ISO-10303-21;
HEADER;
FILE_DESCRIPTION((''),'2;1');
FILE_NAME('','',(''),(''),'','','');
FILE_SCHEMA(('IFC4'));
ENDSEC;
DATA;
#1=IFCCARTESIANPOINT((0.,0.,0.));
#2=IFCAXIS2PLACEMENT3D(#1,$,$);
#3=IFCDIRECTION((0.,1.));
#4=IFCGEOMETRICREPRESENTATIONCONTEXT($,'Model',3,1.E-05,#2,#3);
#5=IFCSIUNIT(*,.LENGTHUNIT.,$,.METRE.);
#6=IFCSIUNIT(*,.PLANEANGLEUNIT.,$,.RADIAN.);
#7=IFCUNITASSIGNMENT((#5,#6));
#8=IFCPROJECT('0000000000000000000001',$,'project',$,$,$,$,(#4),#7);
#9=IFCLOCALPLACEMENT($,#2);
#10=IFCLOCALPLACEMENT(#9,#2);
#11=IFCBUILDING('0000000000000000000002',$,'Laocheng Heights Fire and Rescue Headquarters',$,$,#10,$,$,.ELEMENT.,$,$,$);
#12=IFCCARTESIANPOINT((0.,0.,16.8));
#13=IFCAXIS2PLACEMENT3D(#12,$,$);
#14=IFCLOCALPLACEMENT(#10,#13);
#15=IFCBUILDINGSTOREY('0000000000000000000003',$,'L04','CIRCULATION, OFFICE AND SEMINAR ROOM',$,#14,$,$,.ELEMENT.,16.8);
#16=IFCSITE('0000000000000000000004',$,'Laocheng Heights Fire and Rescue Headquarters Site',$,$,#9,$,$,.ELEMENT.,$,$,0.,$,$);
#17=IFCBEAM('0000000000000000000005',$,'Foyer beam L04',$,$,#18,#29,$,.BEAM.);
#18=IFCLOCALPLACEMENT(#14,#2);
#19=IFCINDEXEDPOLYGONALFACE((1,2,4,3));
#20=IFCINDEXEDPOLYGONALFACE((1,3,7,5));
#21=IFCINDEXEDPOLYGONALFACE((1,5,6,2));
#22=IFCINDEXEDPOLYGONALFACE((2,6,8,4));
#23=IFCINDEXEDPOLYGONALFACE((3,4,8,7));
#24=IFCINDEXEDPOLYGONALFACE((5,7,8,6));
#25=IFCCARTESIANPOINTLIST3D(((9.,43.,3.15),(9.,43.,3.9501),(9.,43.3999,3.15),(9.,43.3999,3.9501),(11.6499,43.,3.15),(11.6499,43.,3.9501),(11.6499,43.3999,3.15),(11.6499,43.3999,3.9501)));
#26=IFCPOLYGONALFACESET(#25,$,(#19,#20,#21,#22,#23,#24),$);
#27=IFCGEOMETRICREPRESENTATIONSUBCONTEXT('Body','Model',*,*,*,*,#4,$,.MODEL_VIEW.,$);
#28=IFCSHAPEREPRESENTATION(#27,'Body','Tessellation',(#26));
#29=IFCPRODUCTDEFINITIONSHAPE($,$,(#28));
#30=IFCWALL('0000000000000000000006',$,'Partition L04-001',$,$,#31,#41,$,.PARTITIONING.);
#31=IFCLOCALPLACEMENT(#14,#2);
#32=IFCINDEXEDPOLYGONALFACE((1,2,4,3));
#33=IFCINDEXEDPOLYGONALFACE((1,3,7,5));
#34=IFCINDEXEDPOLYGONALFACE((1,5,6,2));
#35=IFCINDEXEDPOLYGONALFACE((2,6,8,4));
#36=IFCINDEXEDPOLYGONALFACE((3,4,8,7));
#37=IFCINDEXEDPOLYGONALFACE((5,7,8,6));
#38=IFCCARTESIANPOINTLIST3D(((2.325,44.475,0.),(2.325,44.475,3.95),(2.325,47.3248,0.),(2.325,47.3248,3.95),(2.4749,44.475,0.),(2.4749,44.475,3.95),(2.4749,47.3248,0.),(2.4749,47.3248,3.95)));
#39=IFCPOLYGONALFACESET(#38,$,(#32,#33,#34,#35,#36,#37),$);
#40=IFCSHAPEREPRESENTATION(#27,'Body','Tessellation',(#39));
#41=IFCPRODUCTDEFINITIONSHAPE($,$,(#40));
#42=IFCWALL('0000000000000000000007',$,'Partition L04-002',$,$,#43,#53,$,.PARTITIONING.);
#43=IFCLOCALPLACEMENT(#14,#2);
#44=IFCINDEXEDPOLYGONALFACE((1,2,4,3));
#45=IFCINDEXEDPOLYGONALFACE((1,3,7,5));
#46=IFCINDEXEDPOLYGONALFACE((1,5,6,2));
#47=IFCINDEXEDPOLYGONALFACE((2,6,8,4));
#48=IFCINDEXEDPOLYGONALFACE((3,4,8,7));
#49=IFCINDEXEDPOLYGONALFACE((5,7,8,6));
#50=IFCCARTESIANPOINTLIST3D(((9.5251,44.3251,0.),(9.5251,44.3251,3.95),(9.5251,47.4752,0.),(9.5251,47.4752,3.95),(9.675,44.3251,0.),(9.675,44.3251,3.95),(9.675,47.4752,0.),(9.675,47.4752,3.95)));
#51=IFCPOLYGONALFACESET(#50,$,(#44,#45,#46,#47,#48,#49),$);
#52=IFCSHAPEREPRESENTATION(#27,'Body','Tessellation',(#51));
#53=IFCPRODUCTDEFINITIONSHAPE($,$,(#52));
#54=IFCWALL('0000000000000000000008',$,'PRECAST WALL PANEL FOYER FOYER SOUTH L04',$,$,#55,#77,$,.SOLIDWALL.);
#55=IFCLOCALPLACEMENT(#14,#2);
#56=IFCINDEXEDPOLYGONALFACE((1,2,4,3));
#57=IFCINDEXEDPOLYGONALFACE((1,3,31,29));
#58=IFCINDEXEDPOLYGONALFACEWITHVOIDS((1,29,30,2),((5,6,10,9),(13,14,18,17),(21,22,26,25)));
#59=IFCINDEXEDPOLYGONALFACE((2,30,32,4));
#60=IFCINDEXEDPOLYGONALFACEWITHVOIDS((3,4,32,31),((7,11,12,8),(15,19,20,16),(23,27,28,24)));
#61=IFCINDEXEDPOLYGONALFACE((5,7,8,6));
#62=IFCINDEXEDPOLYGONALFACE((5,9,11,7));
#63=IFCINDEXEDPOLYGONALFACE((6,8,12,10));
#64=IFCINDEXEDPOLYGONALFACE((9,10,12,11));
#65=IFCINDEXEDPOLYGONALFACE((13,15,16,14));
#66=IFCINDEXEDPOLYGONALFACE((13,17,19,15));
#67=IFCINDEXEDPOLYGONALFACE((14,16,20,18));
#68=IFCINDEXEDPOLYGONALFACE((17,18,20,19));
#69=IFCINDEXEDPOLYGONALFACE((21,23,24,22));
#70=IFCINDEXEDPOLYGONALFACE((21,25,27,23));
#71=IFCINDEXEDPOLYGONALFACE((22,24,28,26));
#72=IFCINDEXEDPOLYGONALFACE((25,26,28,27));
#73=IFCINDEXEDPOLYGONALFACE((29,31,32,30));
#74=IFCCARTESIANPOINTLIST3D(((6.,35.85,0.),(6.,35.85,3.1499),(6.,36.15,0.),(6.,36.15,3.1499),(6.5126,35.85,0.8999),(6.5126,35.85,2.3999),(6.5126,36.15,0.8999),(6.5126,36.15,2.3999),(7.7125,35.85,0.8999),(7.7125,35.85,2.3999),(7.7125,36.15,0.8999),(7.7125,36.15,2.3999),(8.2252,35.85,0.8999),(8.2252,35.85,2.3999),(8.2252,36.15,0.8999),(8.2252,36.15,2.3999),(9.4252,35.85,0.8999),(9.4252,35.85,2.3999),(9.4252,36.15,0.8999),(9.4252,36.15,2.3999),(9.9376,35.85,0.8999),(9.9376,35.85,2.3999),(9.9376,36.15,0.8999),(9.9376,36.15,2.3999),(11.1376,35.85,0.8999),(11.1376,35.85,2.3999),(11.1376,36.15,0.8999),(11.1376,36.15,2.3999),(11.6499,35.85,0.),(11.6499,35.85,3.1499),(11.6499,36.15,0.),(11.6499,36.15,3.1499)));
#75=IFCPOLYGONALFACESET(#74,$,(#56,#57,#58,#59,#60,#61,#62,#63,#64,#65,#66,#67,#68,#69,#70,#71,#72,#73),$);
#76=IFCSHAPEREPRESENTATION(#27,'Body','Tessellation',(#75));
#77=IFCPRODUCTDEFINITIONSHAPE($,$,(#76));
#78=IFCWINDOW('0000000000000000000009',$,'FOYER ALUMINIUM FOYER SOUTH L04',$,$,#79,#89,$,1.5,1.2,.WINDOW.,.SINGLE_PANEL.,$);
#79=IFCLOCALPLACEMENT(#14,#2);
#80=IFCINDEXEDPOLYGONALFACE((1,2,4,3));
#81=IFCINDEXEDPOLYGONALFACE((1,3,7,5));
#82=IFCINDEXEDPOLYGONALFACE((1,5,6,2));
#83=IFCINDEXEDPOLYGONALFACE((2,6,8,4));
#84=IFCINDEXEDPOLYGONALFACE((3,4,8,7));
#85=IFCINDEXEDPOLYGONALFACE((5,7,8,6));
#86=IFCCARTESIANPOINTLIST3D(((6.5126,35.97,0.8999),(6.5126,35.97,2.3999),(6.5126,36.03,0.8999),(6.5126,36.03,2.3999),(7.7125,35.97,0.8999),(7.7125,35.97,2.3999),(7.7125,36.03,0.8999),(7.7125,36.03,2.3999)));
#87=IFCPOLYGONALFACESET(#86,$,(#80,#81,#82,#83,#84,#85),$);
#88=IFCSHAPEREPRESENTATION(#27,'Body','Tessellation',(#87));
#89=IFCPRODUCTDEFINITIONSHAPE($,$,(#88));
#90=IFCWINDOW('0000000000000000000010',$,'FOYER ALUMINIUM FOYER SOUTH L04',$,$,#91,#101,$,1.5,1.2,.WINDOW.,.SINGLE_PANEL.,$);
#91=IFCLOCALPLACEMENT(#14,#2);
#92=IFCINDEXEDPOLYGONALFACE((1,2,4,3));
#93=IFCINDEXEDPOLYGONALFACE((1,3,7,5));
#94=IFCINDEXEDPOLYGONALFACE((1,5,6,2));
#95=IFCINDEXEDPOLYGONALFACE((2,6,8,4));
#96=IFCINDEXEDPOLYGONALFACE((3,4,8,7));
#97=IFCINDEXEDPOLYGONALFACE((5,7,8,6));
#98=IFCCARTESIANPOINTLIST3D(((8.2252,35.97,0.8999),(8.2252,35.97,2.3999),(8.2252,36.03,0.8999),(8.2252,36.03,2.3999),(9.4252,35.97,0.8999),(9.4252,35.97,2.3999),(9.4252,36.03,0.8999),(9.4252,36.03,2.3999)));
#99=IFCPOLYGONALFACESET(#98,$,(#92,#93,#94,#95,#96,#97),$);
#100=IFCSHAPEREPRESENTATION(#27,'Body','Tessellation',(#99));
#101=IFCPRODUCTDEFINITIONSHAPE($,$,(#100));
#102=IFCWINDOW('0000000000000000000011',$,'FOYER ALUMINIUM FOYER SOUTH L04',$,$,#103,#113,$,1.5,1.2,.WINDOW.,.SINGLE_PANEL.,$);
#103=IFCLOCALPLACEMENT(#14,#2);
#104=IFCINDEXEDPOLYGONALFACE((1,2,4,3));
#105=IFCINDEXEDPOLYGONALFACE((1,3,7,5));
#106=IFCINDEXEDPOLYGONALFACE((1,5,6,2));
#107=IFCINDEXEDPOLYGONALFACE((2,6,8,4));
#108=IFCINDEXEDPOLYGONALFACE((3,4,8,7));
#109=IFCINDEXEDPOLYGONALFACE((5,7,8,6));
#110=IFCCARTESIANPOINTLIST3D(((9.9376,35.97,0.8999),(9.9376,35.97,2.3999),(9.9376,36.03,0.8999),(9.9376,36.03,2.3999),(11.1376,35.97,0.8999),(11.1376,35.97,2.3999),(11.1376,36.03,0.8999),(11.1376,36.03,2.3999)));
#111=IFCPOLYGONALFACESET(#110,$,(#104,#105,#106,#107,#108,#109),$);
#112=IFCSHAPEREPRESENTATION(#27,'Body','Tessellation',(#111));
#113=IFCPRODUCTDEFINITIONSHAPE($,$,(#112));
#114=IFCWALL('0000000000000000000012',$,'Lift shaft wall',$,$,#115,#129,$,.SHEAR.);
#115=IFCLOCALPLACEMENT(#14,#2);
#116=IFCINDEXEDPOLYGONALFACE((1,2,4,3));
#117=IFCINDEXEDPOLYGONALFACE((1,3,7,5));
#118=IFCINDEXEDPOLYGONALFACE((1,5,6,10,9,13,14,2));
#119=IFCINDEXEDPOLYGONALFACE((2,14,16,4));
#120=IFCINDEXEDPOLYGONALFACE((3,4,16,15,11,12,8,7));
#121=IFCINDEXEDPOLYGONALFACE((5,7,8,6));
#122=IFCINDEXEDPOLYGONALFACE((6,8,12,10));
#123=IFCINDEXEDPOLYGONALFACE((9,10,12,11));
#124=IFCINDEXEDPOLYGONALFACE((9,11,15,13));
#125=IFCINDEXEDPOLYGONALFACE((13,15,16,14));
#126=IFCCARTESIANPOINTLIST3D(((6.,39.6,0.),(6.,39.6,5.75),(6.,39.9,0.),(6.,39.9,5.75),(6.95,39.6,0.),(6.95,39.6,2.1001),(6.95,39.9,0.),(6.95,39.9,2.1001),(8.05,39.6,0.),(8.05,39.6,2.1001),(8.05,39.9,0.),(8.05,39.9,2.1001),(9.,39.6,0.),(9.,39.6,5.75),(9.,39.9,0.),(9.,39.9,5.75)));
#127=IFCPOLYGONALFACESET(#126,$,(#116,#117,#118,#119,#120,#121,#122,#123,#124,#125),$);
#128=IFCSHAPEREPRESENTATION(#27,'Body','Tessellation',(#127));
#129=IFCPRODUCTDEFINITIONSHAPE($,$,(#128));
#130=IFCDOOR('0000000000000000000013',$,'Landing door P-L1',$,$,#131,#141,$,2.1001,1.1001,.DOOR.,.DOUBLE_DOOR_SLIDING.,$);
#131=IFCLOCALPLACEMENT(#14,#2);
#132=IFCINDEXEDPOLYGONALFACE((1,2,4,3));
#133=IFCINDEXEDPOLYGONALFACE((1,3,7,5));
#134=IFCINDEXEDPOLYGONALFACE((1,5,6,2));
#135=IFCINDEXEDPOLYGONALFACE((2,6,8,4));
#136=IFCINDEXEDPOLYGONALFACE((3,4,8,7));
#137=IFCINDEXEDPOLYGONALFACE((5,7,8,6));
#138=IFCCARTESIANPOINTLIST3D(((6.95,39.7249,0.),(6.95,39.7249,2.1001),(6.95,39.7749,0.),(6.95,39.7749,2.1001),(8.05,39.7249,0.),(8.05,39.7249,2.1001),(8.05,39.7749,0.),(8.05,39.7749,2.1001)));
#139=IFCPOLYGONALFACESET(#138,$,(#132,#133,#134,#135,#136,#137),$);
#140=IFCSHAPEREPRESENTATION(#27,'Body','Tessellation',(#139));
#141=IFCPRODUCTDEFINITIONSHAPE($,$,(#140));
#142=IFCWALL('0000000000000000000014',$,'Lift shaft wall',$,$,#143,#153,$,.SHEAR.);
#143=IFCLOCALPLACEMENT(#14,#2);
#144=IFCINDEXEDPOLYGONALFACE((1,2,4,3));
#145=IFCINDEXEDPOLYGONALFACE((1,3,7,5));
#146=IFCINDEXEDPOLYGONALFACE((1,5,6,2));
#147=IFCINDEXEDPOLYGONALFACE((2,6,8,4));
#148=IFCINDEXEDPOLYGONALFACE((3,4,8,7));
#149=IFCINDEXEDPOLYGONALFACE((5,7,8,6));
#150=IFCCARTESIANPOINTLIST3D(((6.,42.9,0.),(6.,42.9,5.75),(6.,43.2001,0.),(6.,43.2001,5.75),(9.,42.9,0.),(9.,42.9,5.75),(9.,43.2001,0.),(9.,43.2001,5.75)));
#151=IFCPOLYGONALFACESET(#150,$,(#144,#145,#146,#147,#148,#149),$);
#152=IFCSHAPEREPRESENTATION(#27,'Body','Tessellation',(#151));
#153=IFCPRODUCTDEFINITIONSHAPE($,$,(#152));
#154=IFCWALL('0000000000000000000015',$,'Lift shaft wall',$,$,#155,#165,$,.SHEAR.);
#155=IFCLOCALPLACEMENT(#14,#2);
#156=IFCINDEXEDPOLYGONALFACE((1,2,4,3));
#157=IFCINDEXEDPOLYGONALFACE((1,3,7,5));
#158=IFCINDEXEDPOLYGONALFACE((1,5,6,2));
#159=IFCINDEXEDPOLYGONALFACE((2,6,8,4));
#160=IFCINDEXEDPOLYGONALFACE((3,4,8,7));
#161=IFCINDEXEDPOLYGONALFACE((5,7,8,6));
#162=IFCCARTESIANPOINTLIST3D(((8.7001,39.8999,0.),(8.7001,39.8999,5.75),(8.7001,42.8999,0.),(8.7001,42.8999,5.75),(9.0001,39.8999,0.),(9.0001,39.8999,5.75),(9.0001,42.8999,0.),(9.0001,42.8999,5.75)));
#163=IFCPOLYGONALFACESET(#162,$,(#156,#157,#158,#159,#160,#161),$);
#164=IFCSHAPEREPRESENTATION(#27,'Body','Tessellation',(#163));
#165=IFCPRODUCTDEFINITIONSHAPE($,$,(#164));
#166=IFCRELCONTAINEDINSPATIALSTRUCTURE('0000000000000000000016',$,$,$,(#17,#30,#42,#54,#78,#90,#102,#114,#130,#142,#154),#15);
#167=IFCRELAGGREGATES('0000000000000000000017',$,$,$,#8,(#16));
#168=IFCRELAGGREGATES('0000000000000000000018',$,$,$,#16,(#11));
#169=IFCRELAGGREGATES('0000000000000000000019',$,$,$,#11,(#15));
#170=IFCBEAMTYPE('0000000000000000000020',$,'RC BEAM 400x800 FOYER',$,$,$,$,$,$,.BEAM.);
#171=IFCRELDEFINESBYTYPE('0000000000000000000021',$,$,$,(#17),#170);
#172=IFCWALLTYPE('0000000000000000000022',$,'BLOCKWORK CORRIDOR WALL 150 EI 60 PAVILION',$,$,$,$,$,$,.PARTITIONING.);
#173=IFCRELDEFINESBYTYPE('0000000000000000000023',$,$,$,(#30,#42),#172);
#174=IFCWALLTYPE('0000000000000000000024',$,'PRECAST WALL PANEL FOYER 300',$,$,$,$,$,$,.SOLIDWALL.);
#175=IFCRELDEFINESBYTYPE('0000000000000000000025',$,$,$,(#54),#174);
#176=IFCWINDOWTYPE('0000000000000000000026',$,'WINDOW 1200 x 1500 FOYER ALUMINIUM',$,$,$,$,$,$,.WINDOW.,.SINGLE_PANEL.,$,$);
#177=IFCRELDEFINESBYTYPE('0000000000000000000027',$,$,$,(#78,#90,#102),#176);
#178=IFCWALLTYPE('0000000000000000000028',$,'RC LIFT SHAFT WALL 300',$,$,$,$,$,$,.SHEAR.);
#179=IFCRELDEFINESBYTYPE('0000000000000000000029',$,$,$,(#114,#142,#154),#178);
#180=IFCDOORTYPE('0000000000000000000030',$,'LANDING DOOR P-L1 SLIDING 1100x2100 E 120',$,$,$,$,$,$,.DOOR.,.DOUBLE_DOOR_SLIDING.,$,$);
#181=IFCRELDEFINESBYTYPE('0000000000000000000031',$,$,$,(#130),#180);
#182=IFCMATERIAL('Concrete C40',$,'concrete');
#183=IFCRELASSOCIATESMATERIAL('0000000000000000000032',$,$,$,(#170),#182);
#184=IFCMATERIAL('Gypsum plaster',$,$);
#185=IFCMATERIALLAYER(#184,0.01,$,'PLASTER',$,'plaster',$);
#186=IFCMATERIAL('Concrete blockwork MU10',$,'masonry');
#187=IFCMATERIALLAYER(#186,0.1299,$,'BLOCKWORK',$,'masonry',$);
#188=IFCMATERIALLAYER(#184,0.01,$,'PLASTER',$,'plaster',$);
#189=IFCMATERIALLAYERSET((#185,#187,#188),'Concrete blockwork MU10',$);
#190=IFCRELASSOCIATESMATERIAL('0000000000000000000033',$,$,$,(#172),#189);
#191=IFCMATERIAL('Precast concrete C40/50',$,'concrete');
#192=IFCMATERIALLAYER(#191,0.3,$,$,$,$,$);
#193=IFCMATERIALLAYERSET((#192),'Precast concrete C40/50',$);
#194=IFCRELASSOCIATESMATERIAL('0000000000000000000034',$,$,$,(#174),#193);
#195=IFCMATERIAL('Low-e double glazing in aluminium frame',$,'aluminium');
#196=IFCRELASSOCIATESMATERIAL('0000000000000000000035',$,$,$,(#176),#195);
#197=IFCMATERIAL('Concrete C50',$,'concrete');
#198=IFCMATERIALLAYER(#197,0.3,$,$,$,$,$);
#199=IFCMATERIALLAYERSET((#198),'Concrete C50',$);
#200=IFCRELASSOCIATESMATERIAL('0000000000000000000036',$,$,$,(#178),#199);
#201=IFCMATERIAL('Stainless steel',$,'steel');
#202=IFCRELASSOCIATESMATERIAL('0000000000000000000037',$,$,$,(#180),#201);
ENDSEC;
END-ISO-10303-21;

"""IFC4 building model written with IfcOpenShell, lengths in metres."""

from ifc_helpers import new_model, si_unit, direction, frame, frame_2d, origin, origin_2d, place, context, subcontext, project, spatial, rectangle, extrude, material, layer, layer_set, material_profile, profile_set, type_object, element, fill, save


model = new_model("IFC4")

# Units and contexts
model_context = context("Model", 3, precision=1e-05, world=origin(), true_north=direction((0.0, 1.0)))
body_context = subcontext(model_context, "Body", "Model", "MODEL_VIEW")
ifc_project = project(units=[si_unit("LENGTHUNIT", "METRE"), si_unit("PLANEANGLEUNIT", "RADIAN")], contexts=[model_context])

# Site, building, storey
site_placement = place(None, origin())
site = spatial("IfcSite", under=ifc_project, at=site_placement, Name="Laocheng Heights Fire and Rescue Headquarters Site", CompositionType="ELEMENT", RefElevation=0.0)
building_placement = place(site_placement, origin())
building = spatial("IfcBuilding", under=site, at=building_placement, Name="Laocheng Heights Fire and Rescue Headquarters", CompositionType="ELEMENT")
storey_placement = place(building_placement, frame((0.0, 0.0, 16.8)))
storey = spatial("IfcBuildingStorey", under=building, at=storey_placement, Name="L04", Description="CIRCULATION, OFFICE AND SEMINAR ROOM", CompositionType="ELEMENT", Elevation=16.8)

# Beam
ifc_material_1 = material(Name="Concrete C40", Category="concrete")
ifc_material_profile = material_profile(ifc_material_1, rectangle(XDim=0.3999, YDim=0.8, at=origin_2d()), Name="RC BEAM 400x800 FOYER")
ifc_profile_set = profile_set([ifc_material_profile], Name="Concrete C40")
beam_type = type_object("IfcBeamType", Name="RC BEAM 400x800 FOYER", PredefinedType="BEAM", material=ifc_profile_set)
beam_placement = place(storey_placement, frame((9.0, 43.2, 3.55), z_axis=(1.0, 0.0, 0.0), x_axis=(0.0, 1.0, 0.0)))
element("IfcBeam", 1, at=beam_placement, inside=storey, type_object=beam_type, Name="Foyer beam L04", PredefinedType="BEAM", context=body_context, shape_type="SweptSolid", body=[
    extrude(rectangle(XDim=0.3999, YDim=0.8, at=origin_2d()), origin(), (0.0, 0.0, 1.0), 2.6499),
])

# Walls
ifc_material_2 = material(Name="Gypsum plaster")
ifc_layer_1 = layer(ifc_material_2, 0.01, Name="PLASTER", Category="plaster")
ifc_material_3 = material(Name="Concrete blockwork MU10", Category="masonry")
ifc_layer_2 = layer(ifc_material_3, 0.1299, Name="BLOCKWORK", Category="masonry")
ifc_layer_3 = layer(ifc_material_2, 0.01, Name="PLASTER", Category="plaster")
ifc_layer_set_1 = layer_set([ifc_layer_1, ifc_layer_2, ifc_layer_3], Name="Concrete blockwork MU10")
wall_type_1 = type_object("IfcWallType", Name="BLOCKWORK CORRIDOR WALL 150 EI 60 PAVILION", PredefinedType="PARTITIONING", material=ifc_layer_set_1)
wall_1_placement = place(storey_placement, frame((2.3999, 44.4751, 0.0), z_axis=(0.0, 0.0, 1.0), x_axis=(0.0, 1.0, 0.0)))
element("IfcWall", 2, at=wall_1_placement, inside=storey, type_object=wall_type_1, Name="Partition L04-001", PredefinedType="PARTITIONING", context=body_context, shape_type="SweptSolid", body=[
    extrude(rectangle(XDim=2.8499, YDim=0.1499, at=frame_2d((1.4248, 0.0))), origin(), (0.0, 0.0, 1.0), 3.95),
])
wall_2_placement = place(storey_placement, frame((9.6001, 44.325, 0.0), z_axis=(0.0, 0.0, 1.0), x_axis=(0.0, 1.0, 0.0)))
element("IfcWall", 3, at=wall_2_placement, inside=storey, type_object=wall_type_1, Name="Partition L04-002", PredefinedType="PARTITIONING", context=body_context, shape_type="SweptSolid", body=[
    extrude(rectangle(XDim=3.1501, YDim=0.1499, at=frame_2d((1.5752, 0.0))), origin(), (0.0, 0.0, 1.0), 3.95),
])

# Wall, openings, windows
ifc_material_4 = material(Name="Precast concrete C40/50", Category="concrete")
ifc_layer_4 = layer(ifc_material_4, 0.3)
ifc_layer_set_2 = layer_set([ifc_layer_4], Name="Precast concrete C40/50")
wall_type_2 = type_object("IfcWallType", Name="PRECAST WALL PANEL FOYER 300", PredefinedType="SOLIDWALL", material=ifc_layer_set_2)
wall_3_placement = place(storey_placement, frame((6.0, 36.0, 0.0), z_axis=(0.0, 0.0, 1.0), x_axis=(1.0, 0.0, 0.0)))
wall_3 = element("IfcWall", 4, at=wall_3_placement, inside=storey, type_object=wall_type_2, Name="PRECAST WALL PANEL FOYER FOYER SOUTH L04", PredefinedType="SOLIDWALL", context=body_context, shape_type="SweptSolid", body=[
    extrude(rectangle(XDim=5.6499, YDim=0.3, at=frame_2d((2.825, 0.0))), origin(), (0.0, 0.0, 1.0), 3.1499),
])
opening_1_placement = place(wall_3_placement, frame((0.5125, 0.0, 0.8999)))
opening_1 = element("IfcOpeningElement", 5, at=opening_1_placement, cuts=wall_3, PredefinedType="OPENING", context=body_context, shape_type="SweptSolid", body=[
    extrude(rectangle(XDim=1.2, YDim=1.5, at=frame_2d((0.6001, 0.75))), frame((0.0, 0.1599, 0.0), z_axis=(0.0, -1.0, 0.0), x_axis=(1.0, 0.0, 0.0)), (0.0, 0.0, 1.0), 0.3201),
])
opening_2_placement = place(wall_3_placement, frame((2.2251, 0.0, 0.8999)))
opening_2 = element("IfcOpeningElement", 6, at=opening_2_placement, cuts=wall_3, PredefinedType="OPENING", context=body_context, shape_type="SweptSolid", body=[
    extrude(rectangle(XDim=1.2, YDim=1.5, at=frame_2d((0.6001, 0.75))), frame((0.0, 0.1599, 0.0), z_axis=(0.0, -1.0, 0.0), x_axis=(1.0, 0.0, 0.0)), (0.0, 0.0, 1.0), 0.3201),
])
opening_3_placement = place(wall_3_placement, frame((3.9375, 0.0, 0.8999)))
opening_3 = element("IfcOpeningElement", 7, at=opening_3_placement, cuts=wall_3, PredefinedType="OPENING", context=body_context, shape_type="SweptSolid", body=[
    extrude(rectangle(XDim=1.2, YDim=1.5, at=frame_2d((0.6001, 0.75))), frame((0.0, 0.1599, 0.0), z_axis=(0.0, -1.0, 0.0), x_axis=(1.0, 0.0, 0.0)), (0.0, 0.0, 1.0), 0.3201),
])
ifc_material_5 = material(Name="Low-e double glazing in aluminium frame", Category="aluminium")
window_type = type_object("IfcWindowType", Name="WINDOW 1200 x 1500 FOYER ALUMINIUM", PartitioningType="SINGLE_PANEL", PredefinedType="WINDOW", material=ifc_material_5)
window_1_placement = place(opening_1_placement, origin())
window_1 = element("IfcWindow", 8, at=window_1_placement, inside=storey, type_object=window_type, Name="FOYER ALUMINIUM FOYER SOUTH L04", OverallHeight=1.5, OverallWidth=1.2, PartitioningType="SINGLE_PANEL", PredefinedType="WINDOW", context=body_context, shape_type="SweptSolid", body=[
    extrude(rectangle(XDim=1.2, YDim=1.5, at=frame_2d((0.6001, 0.75))), frame((0.0, 0.03, 0.0), z_axis=(0.0, -1.0, 0.0), x_axis=(1.0, 0.0, 0.0)), (0.0, 0.0, 1.0), 0.0601),
])
fill(opening_1, window_1)
window_2_placement = place(opening_2_placement, origin())
window_2 = element("IfcWindow", 9, at=window_2_placement, inside=storey, type_object=window_type, Name="FOYER ALUMINIUM FOYER SOUTH L04", OverallHeight=1.5, OverallWidth=1.2, PartitioningType="SINGLE_PANEL", PredefinedType="WINDOW", context=body_context, shape_type="SweptSolid", body=[
    extrude(rectangle(XDim=1.2, YDim=1.5, at=frame_2d((0.6001, 0.75))), frame((0.0, 0.03, 0.0), z_axis=(0.0, -1.0, 0.0), x_axis=(1.0, 0.0, 0.0)), (0.0, 0.0, 1.0), 0.0601),
])
fill(opening_2, window_2)
window_3_placement = place(opening_3_placement, origin())
window_3 = element("IfcWindow", 10, at=window_3_placement, inside=storey, type_object=window_type, Name="FOYER ALUMINIUM FOYER SOUTH L04", OverallHeight=1.5, OverallWidth=1.2, PartitioningType="SINGLE_PANEL", PredefinedType="WINDOW", context=body_context, shape_type="SweptSolid", body=[
    extrude(rectangle(XDim=1.2, YDim=1.5, at=frame_2d((0.6001, 0.75))), frame((0.0, 0.03, 0.0), z_axis=(0.0, -1.0, 0.0), x_axis=(1.0, 0.0, 0.0)), (0.0, 0.0, 1.0), 0.0601),
])
fill(opening_3, window_3)

# Wall, opening, door
ifc_material_6 = material(Name="Concrete C50", Category="concrete")
ifc_layer_5 = layer(ifc_material_6, 0.3)
ifc_layer_set_3 = layer_set([ifc_layer_5], Name="Concrete C50")
wall_type_3 = type_object("IfcWallType", Name="RC LIFT SHAFT WALL 300", PredefinedType="SHEAR", material=ifc_layer_set_3)
wall_4_placement = place(storey_placement, frame((6.0, 39.75, 0.0), z_axis=(0.0, 0.0, 1.0), x_axis=(1.0, 0.0, 0.0)))
wall_4 = element("IfcWall", 11, at=wall_4_placement, inside=storey, type_object=wall_type_3, Name="Lift shaft wall", PredefinedType="SHEAR", context=body_context, shape_type="SweptSolid", body=[
    extrude(rectangle(XDim=3.0, YDim=0.3, at=frame_2d((1.5, 0.0))), origin(), (0.0, 0.0, 1.0), 5.75),
])
opening_4_placement = place(wall_4_placement, frame((0.95, 0.0, 0.0)))
opening_4 = element("IfcOpeningElement", 12, at=opening_4_placement, cuts=wall_4, PredefinedType="OPENING", context=body_context, shape_type="SweptSolid", body=[
    extrude(rectangle(XDim=1.1001, YDim=2.1001, at=frame_2d((0.55, 1.05))), frame((0.0, 0.1599, 0.0), z_axis=(0.0, -1.0, 0.0), x_axis=(1.0, 0.0, 0.0)), (0.0, 0.0, 1.0), 0.3201),
])
ifc_material_7 = material(Name="Stainless steel", Category="steel")
door_type_1 = type_object("IfcDoorType", Name="LANDING DOOR P-L1 SLIDING 1100x2100 E 120", OperationType="DOUBLE_DOOR_SLIDING", PredefinedType="DOOR", material=ifc_material_7)
door_1_placement = place(opening_4_placement, origin())
door_1 = element("IfcDoor", 13, at=door_1_placement, inside=storey, type_object=door_type_1, Name="Landing door P-L1", OperationType="DOUBLE_DOOR_SLIDING", OverallHeight=2.1001, OverallWidth=1.1001, PredefinedType="DOOR", context=body_context, shape_type="SweptSolid", body=[
    extrude(rectangle(XDim=1.1001, YDim=2.1001, at=frame_2d((0.55, 1.05))), frame((0.0, 0.0249, 0.0), z_axis=(0.0, -1.0, 0.0), x_axis=(1.0, 0.0, 0.0)), (0.0, 0.0, 1.0), 0.05),
])
fill(opening_4, door_1)

# Walls
for number, where, z_axis, x_axis, name in (
    (14, (6.0, 43.05, 0.0), (0.0, 0.0, 1.0), (1.0, 0.0, 0.0), "Lift shaft wall"),
    (15, (8.8501, 39.8999, 0.0), (0.0, 0.0, 1.0), (0.0, 1.0, 0.0), "Lift shaft wall"),
):
    element("IfcWall", number, at=place(storey_placement, frame(where, z_axis=z_axis, x_axis=x_axis)), inside=storey, type_object=wall_type_3, Name=name, PredefinedType="SHEAR", context=body_context, shape_type="SweptSolid", body=[
        extrude(rectangle(XDim=3.0, YDim=0.3, at=frame_2d((1.5, 0.0))), origin(), (0.0, 0.0, 1.0), 5.75),
    ])

save(model, "model.ifc")
